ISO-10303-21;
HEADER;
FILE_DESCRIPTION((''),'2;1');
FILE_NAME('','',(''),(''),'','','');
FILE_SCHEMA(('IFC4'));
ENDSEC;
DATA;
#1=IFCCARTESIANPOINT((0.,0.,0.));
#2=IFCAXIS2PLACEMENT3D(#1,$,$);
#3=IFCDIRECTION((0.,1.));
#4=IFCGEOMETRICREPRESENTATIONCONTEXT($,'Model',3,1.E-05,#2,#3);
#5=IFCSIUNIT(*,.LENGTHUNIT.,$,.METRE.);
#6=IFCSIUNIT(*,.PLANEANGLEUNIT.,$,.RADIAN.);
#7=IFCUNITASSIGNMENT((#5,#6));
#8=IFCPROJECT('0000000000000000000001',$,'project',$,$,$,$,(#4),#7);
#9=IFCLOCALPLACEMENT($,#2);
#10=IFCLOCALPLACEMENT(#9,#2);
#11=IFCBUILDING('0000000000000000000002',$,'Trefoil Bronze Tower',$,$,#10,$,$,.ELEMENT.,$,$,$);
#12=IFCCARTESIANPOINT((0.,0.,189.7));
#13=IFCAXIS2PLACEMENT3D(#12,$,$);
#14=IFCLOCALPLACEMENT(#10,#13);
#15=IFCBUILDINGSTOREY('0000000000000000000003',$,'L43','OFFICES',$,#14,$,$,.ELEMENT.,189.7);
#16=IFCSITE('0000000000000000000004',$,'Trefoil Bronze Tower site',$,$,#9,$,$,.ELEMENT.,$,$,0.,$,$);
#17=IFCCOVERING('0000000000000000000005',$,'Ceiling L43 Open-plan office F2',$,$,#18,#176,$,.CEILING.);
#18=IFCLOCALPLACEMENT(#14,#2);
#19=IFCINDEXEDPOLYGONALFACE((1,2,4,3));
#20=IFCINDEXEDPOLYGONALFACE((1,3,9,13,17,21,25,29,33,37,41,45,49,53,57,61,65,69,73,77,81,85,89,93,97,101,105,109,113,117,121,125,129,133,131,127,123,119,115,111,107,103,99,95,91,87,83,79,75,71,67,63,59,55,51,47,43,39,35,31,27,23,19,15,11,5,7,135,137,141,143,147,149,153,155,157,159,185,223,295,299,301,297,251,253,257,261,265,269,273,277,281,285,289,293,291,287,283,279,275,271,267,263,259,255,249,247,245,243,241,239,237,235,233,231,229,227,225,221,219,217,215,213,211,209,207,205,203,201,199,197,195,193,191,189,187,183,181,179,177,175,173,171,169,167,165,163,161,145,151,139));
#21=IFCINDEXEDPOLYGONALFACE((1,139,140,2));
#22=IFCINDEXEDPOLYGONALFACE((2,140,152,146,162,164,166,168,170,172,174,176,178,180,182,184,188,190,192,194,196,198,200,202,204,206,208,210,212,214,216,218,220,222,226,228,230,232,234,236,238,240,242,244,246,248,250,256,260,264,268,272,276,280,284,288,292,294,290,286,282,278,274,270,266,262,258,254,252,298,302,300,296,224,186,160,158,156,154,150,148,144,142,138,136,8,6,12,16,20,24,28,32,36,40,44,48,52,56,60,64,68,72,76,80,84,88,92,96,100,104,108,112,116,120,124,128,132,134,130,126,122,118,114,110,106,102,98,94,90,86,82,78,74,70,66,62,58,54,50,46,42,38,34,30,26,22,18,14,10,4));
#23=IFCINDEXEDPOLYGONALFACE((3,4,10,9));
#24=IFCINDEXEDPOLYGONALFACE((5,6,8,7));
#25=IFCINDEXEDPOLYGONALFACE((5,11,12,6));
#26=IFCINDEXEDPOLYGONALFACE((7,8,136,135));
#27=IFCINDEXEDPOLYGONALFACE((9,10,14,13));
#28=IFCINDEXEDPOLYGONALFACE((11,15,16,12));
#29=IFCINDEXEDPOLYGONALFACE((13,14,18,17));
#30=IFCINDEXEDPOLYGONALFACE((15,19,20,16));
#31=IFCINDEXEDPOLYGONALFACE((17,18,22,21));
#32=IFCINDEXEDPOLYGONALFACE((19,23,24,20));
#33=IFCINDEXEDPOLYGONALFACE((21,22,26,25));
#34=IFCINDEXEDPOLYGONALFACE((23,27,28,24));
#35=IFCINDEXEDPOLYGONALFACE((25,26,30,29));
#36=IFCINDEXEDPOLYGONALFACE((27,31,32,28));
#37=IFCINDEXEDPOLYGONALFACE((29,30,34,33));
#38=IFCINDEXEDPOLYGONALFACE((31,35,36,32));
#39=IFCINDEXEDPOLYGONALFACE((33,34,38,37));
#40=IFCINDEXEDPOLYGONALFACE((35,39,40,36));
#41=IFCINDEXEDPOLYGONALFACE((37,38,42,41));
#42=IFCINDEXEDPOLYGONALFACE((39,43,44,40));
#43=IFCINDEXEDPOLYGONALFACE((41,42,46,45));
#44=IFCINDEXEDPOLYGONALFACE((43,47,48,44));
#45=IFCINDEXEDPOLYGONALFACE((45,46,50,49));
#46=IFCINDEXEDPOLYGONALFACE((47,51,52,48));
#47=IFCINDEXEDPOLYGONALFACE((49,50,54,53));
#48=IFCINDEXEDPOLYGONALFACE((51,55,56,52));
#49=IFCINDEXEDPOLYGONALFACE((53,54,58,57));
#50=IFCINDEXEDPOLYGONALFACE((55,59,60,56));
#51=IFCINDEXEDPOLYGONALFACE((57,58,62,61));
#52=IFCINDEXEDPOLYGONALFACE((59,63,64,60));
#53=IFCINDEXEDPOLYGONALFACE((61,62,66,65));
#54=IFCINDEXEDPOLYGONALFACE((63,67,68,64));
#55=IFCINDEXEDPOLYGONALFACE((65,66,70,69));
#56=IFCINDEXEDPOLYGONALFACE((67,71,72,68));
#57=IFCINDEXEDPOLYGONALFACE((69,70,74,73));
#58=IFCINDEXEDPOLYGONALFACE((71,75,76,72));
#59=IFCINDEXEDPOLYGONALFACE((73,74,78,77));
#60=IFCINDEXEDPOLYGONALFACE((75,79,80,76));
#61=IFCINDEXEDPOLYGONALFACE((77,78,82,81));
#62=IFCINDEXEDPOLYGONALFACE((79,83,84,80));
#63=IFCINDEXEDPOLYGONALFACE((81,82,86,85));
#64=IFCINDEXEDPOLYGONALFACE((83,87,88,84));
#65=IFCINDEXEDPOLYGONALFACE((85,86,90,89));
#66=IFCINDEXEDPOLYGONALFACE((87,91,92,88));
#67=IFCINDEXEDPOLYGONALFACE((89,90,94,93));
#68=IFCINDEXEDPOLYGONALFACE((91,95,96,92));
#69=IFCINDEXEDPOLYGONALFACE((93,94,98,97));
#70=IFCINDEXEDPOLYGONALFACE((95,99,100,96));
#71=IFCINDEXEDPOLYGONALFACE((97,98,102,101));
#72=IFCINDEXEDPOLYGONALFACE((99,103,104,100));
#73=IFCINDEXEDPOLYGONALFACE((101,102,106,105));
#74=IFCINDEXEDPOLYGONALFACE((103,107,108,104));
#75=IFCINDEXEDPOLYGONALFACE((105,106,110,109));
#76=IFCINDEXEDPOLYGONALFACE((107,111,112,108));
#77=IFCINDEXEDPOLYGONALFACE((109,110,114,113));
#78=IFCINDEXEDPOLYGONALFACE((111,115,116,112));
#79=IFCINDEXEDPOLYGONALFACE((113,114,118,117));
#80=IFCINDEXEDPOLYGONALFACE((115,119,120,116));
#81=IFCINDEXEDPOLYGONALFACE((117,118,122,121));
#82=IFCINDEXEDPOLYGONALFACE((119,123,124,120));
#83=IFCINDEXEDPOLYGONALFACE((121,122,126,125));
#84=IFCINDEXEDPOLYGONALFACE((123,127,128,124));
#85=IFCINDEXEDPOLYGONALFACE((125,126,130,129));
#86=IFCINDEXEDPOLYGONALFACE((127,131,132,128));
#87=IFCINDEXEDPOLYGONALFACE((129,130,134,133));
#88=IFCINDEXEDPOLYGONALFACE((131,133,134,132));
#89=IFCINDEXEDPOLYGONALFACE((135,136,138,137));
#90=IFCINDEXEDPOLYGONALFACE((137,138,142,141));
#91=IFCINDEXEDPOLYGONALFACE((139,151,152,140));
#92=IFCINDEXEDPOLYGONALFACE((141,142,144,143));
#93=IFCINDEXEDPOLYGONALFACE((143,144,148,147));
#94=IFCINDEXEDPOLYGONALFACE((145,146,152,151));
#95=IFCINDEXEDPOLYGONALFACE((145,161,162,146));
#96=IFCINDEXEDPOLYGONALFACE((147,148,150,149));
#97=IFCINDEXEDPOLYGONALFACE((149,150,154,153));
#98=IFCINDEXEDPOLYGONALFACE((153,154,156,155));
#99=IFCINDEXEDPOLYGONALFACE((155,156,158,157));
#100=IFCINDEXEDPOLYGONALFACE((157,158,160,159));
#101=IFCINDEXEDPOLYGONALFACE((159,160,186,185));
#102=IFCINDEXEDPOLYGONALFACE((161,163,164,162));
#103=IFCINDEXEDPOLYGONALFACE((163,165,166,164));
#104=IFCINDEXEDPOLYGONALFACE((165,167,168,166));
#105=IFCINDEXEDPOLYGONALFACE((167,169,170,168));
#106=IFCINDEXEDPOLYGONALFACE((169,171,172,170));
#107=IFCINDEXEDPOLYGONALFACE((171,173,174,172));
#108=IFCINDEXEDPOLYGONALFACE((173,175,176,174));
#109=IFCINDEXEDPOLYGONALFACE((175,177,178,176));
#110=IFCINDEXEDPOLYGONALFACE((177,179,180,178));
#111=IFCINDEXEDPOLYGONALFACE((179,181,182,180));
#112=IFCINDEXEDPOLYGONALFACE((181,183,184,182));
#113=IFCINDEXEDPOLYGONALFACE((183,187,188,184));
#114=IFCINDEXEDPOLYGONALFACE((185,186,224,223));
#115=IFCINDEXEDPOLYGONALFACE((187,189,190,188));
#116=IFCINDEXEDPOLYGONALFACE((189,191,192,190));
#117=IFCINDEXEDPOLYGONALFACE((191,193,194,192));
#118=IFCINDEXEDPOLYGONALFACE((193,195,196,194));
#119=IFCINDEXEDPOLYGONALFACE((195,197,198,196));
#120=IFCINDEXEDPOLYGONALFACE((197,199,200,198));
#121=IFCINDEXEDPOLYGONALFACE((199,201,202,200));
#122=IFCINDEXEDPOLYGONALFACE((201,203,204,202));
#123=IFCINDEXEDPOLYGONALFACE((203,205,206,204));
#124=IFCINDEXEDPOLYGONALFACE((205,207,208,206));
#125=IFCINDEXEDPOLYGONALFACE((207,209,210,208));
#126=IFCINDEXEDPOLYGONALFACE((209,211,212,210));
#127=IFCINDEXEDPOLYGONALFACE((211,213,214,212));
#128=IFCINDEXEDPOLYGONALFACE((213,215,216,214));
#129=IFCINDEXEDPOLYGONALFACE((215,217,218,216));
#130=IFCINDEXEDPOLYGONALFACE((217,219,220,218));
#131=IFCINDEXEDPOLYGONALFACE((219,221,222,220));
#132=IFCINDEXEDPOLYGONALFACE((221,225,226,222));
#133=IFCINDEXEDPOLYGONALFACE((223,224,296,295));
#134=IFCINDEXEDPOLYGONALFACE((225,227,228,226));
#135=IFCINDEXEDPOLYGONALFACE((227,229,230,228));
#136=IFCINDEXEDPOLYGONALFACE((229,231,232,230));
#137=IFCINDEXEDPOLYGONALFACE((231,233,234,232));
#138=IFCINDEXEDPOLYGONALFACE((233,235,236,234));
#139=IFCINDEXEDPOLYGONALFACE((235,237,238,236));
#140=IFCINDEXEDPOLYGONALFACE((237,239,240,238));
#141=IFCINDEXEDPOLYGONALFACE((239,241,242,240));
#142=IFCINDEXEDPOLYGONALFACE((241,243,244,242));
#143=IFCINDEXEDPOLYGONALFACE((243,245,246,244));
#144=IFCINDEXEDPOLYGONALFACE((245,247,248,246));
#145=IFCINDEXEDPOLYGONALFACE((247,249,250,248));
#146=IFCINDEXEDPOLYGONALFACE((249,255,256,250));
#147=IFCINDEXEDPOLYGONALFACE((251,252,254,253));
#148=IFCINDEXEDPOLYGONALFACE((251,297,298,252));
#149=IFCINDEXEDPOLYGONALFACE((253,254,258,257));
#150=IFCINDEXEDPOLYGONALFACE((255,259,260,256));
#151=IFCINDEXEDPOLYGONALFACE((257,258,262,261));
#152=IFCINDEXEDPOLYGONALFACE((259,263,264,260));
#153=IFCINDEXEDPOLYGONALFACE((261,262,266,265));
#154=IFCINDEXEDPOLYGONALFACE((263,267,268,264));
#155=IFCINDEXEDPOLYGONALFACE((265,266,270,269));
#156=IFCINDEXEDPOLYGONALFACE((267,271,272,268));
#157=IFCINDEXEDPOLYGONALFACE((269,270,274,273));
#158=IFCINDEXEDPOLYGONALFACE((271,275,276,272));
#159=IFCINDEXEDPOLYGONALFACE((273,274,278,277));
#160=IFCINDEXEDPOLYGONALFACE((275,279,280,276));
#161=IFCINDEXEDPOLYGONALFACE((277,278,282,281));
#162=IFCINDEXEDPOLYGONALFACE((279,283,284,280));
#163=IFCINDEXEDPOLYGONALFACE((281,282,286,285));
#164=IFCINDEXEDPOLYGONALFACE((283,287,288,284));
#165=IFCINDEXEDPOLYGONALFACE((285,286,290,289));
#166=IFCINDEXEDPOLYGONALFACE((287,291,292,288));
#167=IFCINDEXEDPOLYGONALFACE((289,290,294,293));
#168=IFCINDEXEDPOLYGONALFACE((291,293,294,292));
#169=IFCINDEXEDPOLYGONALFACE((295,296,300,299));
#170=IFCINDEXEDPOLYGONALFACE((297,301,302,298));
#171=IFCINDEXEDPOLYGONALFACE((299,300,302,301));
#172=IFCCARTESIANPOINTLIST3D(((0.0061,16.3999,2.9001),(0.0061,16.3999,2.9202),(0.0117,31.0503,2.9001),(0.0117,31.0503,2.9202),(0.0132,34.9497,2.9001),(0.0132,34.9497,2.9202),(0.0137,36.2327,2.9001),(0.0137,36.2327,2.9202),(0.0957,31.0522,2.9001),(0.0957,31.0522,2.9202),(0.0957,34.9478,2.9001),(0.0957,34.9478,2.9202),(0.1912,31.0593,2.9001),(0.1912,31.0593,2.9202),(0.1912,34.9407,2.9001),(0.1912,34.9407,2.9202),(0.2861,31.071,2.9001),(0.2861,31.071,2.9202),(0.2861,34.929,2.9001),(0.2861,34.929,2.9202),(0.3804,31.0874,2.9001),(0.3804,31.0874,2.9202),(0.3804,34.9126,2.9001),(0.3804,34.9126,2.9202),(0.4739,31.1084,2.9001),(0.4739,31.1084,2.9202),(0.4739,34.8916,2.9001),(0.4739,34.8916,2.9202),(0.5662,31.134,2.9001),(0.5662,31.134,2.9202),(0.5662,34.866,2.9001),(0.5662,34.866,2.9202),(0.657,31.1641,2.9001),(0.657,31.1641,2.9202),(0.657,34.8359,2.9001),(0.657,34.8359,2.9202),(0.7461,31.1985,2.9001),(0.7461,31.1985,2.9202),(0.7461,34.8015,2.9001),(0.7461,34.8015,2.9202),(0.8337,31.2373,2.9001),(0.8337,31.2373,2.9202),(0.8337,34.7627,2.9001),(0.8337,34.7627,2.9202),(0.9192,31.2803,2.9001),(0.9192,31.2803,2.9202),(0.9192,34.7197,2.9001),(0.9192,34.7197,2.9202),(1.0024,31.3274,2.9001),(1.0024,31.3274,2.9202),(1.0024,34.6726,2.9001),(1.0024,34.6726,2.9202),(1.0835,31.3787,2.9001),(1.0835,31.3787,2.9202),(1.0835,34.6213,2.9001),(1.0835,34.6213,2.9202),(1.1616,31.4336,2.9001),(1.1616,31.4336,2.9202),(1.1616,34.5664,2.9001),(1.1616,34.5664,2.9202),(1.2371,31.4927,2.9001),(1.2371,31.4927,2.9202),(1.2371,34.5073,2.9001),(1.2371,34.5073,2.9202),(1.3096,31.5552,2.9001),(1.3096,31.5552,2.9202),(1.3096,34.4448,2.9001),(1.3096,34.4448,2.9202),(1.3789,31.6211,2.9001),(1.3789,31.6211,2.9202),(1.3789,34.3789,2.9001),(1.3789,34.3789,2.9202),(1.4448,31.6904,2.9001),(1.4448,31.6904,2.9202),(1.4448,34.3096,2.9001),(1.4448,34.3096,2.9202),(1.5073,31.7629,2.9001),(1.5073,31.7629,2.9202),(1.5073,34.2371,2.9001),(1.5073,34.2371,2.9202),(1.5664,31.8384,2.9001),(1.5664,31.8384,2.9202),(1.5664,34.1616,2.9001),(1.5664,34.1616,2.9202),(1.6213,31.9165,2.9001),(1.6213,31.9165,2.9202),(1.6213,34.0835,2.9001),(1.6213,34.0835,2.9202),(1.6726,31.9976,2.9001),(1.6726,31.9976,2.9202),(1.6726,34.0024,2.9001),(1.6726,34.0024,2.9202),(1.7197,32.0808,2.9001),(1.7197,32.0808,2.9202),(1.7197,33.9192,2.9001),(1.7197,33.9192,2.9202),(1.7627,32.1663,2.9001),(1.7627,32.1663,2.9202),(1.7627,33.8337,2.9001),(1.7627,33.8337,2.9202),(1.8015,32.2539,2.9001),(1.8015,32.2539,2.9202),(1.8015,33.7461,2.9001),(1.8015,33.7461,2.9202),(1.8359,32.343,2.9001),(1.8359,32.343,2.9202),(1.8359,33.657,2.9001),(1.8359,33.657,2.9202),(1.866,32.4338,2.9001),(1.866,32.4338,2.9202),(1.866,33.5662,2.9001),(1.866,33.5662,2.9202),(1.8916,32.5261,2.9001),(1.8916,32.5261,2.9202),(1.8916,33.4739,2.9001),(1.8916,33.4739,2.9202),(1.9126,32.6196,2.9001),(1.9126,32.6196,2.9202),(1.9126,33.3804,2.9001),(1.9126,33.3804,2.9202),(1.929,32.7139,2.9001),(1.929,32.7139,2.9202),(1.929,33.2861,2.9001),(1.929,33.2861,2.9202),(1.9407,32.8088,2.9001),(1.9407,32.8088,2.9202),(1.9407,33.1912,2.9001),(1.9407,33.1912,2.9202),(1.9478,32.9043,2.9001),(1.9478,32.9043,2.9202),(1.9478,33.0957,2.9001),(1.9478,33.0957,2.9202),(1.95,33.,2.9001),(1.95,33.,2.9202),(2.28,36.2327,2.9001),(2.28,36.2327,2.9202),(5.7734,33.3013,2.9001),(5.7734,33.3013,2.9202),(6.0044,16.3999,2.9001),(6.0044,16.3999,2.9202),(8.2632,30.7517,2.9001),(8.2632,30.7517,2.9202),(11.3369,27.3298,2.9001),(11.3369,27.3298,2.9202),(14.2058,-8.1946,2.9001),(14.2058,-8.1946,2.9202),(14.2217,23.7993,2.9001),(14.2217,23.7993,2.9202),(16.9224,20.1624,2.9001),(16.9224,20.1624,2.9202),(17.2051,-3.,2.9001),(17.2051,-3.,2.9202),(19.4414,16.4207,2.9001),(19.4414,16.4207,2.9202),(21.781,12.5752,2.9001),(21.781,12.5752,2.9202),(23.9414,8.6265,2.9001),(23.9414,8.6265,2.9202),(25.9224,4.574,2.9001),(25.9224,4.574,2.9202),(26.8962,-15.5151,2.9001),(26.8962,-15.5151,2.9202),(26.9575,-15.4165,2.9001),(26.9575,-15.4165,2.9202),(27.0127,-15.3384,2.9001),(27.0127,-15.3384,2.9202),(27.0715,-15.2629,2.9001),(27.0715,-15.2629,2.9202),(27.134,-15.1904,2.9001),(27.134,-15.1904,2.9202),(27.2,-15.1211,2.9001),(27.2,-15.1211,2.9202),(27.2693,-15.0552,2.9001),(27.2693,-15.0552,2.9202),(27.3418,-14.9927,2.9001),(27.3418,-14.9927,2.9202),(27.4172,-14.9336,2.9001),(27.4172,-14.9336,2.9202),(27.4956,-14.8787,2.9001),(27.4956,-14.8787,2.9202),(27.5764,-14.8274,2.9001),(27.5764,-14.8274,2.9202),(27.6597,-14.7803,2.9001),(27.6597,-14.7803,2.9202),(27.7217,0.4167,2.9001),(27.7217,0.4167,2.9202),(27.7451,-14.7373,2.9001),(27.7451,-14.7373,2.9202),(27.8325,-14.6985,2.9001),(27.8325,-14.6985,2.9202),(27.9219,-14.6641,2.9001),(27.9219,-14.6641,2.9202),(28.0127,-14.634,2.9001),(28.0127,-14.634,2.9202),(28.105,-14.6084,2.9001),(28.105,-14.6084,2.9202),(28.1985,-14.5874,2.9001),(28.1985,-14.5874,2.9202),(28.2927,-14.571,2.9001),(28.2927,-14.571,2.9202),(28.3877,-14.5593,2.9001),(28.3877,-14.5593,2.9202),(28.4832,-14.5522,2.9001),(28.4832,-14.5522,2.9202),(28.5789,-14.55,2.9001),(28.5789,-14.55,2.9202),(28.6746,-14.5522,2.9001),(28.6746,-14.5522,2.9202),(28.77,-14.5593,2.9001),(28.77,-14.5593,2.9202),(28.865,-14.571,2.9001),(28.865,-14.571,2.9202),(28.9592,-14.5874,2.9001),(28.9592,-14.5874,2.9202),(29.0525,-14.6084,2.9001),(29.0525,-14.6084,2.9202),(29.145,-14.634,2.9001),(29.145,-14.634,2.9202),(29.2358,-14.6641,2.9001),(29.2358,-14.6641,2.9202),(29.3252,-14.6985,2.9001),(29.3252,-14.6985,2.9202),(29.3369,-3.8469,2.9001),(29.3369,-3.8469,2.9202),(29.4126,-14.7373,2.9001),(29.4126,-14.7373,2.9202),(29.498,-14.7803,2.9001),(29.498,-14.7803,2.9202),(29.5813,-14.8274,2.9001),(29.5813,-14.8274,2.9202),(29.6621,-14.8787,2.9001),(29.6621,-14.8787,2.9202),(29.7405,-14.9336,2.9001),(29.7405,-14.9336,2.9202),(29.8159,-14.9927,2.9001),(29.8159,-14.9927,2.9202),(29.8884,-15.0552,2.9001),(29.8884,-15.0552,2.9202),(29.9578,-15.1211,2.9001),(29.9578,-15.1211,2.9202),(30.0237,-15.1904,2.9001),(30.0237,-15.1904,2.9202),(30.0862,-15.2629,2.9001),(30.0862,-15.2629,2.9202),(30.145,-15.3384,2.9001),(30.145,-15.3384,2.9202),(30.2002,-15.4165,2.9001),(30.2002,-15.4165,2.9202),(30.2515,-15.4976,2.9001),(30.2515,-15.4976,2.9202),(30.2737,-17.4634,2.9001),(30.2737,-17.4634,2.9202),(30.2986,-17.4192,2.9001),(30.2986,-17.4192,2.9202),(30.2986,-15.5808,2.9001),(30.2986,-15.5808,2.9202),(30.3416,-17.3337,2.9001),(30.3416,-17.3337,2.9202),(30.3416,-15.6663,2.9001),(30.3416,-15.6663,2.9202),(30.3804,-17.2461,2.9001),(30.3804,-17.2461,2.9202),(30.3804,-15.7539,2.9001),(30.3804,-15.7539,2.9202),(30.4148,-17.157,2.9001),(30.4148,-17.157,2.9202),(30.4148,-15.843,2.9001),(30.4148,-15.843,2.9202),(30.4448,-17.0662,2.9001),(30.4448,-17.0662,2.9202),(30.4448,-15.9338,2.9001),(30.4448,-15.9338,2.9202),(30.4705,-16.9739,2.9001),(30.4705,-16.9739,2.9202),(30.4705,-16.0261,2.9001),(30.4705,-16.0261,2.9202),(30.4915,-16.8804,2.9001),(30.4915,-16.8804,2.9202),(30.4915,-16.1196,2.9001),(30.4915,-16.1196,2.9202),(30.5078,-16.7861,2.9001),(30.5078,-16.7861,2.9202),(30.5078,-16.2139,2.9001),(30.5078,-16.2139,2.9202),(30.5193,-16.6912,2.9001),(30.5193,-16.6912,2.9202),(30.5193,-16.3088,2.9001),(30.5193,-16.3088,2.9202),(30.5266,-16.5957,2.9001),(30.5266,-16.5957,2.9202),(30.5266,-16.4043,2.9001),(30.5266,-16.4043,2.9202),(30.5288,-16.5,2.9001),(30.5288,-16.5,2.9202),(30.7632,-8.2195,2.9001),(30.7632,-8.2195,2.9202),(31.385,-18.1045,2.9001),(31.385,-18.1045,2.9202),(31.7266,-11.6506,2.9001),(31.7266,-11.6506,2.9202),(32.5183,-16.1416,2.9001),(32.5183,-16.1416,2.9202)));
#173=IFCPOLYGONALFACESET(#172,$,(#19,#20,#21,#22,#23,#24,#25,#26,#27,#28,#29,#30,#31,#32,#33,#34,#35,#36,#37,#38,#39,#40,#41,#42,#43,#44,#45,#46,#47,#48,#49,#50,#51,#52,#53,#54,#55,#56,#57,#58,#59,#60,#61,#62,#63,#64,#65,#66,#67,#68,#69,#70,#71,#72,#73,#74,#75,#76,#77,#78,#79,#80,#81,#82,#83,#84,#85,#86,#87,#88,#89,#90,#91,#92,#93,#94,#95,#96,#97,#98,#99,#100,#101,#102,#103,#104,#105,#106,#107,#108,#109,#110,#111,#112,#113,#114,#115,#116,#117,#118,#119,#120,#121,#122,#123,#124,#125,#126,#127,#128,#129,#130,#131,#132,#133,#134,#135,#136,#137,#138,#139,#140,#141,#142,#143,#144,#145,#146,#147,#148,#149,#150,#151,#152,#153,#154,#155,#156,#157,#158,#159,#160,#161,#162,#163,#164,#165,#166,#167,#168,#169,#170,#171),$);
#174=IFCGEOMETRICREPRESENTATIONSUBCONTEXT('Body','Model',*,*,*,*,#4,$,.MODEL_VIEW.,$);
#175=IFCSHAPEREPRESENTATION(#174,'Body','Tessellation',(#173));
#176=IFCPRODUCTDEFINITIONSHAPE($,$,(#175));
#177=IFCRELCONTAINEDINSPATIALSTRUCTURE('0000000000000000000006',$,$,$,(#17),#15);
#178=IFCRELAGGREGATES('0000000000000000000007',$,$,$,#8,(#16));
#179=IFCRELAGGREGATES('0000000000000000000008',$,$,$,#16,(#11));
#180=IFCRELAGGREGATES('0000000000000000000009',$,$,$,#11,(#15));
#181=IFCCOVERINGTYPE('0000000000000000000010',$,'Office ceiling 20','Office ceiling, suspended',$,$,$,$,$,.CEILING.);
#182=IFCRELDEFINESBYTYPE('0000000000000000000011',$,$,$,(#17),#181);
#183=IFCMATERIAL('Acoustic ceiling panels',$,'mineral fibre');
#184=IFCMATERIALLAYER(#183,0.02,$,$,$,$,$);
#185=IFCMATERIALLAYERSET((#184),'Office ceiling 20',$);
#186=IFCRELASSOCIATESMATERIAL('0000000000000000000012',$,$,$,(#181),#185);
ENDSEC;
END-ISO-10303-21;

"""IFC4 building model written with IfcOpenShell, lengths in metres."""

from ifc_helpers import new_model, si_unit, direction, frame, origin, place, context, subcontext, project, spatial, polyline, outline, extrude, material, layer, layer_set, type_object, element, save


model = new_model("IFC4")

# Units and contexts
model_context = context("Model", 3, precision=1e-05, world=origin(), true_north=direction((0.0, 1.0)))
body_context = subcontext(model_context, "Body", "Model", "MODEL_VIEW")
ifc_project = project(units=[si_unit("LENGTHUNIT", "METRE"), si_unit("PLANEANGLEUNIT", "RADIAN")], contexts=[model_context])

# Site, building, storey
site_placement = place(None, origin())
site = spatial("IfcSite", under=ifc_project, at=site_placement, Name="Trefoil Bronze Tower site", CompositionType="ELEMENT", RefElevation=0.0)
building_placement = place(site_placement, origin())
building = spatial("IfcBuilding", under=site, at=building_placement, Name="Trefoil Bronze Tower", CompositionType="ELEMENT")
storey_placement = place(building_placement, frame((0.0, 0.0, 189.7)))
storey = spatial("IfcBuildingStorey", under=building, at=storey_placement, Name="L43", Description="OFFICES", CompositionType="ELEMENT", Elevation=189.7)

# Covering
ifc_material_1 = material(Name="Acoustic ceiling panels", Category="mineral fibre")
ifc_layer_1 = layer(ifc_material_1, 0.02)
ifc_layer_set_1 = layer_set([ifc_layer_1], Name="Office ceiling 20")
covering_type_1 = type_object("IfcCoveringType", Name="Office ceiling 20", Description="Office ceiling, suspended", PredefinedType="CEILING", material=ifc_layer_set_1)
covering_1_placement = place(storey_placement, frame((0.0, 0.0, 2.9001)))
element("IfcCovering", 1, at=covering_1_placement, inside=storey, type_object=covering_type_1, Name="Ceiling L43 Open-plan office F2", PredefinedType="CEILING", context=body_context, shape_type="SweptSolid", body=[
    extrude(outline(polyline([(8.2632, 30.7517), (11.3369, 27.3298), (14.2217, 23.7993), (16.9224, 20.1624), (19.4414, 16.4207), (21.781, 12.5752), (23.9414, 8.6265), (25.9224, 4.574), (27.7217, 0.4167), (29.3369, -3.8469), (30.7632, -8.2195), (31.7266, -11.6506), (32.5183, -16.1416), (31.385, -18.1045), (30.2737, -17.4634), (30.2986, -17.4192), (30.3416, -17.3337), (30.3804, -17.2461), (30.4148, -17.157), (30.4448, -17.0662), (30.4705, -16.9739), (30.4915, -16.8804), (30.5078, -16.7861), (30.5193, -16.6912), (30.5266, -16.5957), (30.5288, -16.5), (30.5266, -16.4043), (30.5193, -16.3088), (30.5078, -16.2139), (30.4915, -16.1196), (30.4705, -16.0261), (30.4448, -15.9338), (30.4148, -15.843), (30.3804, -15.7539), (30.3416, -15.6663), (30.2986, -15.5808), (30.2515, -15.4976), (30.2002, -15.4165), (30.145, -15.3384), (30.0862, -15.2629), (30.0237, -15.1904), (29.9578, -15.1211), (29.8884, -15.0552), (29.8159, -14.9927), (29.7405, -14.9336), (29.6621, -14.8787), (29.5813, -14.8274), (29.498, -14.7803), (29.4126, -14.7373), (29.3252, -14.6985), (29.2358, -14.6641), (29.145, -14.634), (29.0525, -14.6084), (28.9592, -14.5874), (28.865, -14.571), (28.77, -14.5593), (28.6746, -14.5522), (28.5789, -14.55), (28.4832, -14.5522), (28.3877, -14.5593), (28.2927, -14.571), (28.1985, -14.5874), (28.105, -14.6084), (28.0127, -14.634), (27.9219, -14.6641), (27.8325, -14.6985), (27.7451, -14.7373), (27.6597, -14.7803), (27.5764, -14.8274), (27.4956, -14.8787), (27.4172, -14.9336), (27.3418, -14.9927), (27.2693, -15.0552), (27.2, -15.1211), (27.134, -15.1904), (27.0715, -15.2629), (27.0127, -15.3384), (26.9575, -15.4165), (26.8962, -15.5151), (14.2058, -8.1946), (17.2051, -3.0), (6.0044, 16.3999), (0.0061, 16.3999), (0.0117, 31.0503), (0.0957, 31.0522), (0.1912, 31.0593), (0.2861, 31.071), (0.3804, 31.0874), (0.4739, 31.1084), (0.5662, 31.134), (0.657, 31.1641), (0.7461, 31.1985), (0.8337, 31.2373), (0.9192, 31.2803), (1.0024, 31.3274), (1.0835, 31.3787), (1.1616, 31.4336), (1.2371, 31.4927), (1.3096, 31.5552), (1.3789, 31.6211), (1.4448, 31.6904), (1.5073, 31.7629), (1.5664, 31.8384), (1.6213, 31.9165), (1.6726, 31.9976), (1.7197, 32.0808), (1.7627, 32.1663), (1.8015, 32.2539), (1.8359, 32.343), (1.866, 32.4338), (1.8916, 32.5261), (1.9126, 32.6196), (1.929, 32.7139), (1.9407, 32.8088), (1.9478, 32.9043), (1.95, 33.0), (1.9478, 33.0957), (1.9407, 33.1912), (1.929, 33.2861), (1.9126, 33.3804), (1.8916, 33.4739), (1.866, 33.5662), (1.8359, 33.657), (1.8015, 33.7461), (1.7627, 33.8337), (1.7197, 33.9192), (1.6726, 34.0024), (1.6213, 34.0835), (1.5664, 34.1616), (1.5073, 34.2371), (1.4448, 34.3096), (1.3789, 34.3789), (1.3096, 34.4448), (1.2371, 34.5073), (1.1616, 34.5664), (1.0835, 34.6213), (1.0024, 34.6726), (0.9192, 34.7197), (0.8337, 34.7627), (0.7461, 34.8015), (0.657, 34.8359), (0.5662, 34.866), (0.4739, 34.8916), (0.3804, 34.9126), (0.2861, 34.929), (0.1912, 34.9407), (0.0957, 34.9478), (0.0132, 34.9497), (0.0137, 36.2327), (2.28, 36.2327), (5.7734, 33.3013), (8.2632, 30.7517)])), origin(), (0.0, 0.0, 1.0), 0.02),
])

save(model, "model.ifc")
